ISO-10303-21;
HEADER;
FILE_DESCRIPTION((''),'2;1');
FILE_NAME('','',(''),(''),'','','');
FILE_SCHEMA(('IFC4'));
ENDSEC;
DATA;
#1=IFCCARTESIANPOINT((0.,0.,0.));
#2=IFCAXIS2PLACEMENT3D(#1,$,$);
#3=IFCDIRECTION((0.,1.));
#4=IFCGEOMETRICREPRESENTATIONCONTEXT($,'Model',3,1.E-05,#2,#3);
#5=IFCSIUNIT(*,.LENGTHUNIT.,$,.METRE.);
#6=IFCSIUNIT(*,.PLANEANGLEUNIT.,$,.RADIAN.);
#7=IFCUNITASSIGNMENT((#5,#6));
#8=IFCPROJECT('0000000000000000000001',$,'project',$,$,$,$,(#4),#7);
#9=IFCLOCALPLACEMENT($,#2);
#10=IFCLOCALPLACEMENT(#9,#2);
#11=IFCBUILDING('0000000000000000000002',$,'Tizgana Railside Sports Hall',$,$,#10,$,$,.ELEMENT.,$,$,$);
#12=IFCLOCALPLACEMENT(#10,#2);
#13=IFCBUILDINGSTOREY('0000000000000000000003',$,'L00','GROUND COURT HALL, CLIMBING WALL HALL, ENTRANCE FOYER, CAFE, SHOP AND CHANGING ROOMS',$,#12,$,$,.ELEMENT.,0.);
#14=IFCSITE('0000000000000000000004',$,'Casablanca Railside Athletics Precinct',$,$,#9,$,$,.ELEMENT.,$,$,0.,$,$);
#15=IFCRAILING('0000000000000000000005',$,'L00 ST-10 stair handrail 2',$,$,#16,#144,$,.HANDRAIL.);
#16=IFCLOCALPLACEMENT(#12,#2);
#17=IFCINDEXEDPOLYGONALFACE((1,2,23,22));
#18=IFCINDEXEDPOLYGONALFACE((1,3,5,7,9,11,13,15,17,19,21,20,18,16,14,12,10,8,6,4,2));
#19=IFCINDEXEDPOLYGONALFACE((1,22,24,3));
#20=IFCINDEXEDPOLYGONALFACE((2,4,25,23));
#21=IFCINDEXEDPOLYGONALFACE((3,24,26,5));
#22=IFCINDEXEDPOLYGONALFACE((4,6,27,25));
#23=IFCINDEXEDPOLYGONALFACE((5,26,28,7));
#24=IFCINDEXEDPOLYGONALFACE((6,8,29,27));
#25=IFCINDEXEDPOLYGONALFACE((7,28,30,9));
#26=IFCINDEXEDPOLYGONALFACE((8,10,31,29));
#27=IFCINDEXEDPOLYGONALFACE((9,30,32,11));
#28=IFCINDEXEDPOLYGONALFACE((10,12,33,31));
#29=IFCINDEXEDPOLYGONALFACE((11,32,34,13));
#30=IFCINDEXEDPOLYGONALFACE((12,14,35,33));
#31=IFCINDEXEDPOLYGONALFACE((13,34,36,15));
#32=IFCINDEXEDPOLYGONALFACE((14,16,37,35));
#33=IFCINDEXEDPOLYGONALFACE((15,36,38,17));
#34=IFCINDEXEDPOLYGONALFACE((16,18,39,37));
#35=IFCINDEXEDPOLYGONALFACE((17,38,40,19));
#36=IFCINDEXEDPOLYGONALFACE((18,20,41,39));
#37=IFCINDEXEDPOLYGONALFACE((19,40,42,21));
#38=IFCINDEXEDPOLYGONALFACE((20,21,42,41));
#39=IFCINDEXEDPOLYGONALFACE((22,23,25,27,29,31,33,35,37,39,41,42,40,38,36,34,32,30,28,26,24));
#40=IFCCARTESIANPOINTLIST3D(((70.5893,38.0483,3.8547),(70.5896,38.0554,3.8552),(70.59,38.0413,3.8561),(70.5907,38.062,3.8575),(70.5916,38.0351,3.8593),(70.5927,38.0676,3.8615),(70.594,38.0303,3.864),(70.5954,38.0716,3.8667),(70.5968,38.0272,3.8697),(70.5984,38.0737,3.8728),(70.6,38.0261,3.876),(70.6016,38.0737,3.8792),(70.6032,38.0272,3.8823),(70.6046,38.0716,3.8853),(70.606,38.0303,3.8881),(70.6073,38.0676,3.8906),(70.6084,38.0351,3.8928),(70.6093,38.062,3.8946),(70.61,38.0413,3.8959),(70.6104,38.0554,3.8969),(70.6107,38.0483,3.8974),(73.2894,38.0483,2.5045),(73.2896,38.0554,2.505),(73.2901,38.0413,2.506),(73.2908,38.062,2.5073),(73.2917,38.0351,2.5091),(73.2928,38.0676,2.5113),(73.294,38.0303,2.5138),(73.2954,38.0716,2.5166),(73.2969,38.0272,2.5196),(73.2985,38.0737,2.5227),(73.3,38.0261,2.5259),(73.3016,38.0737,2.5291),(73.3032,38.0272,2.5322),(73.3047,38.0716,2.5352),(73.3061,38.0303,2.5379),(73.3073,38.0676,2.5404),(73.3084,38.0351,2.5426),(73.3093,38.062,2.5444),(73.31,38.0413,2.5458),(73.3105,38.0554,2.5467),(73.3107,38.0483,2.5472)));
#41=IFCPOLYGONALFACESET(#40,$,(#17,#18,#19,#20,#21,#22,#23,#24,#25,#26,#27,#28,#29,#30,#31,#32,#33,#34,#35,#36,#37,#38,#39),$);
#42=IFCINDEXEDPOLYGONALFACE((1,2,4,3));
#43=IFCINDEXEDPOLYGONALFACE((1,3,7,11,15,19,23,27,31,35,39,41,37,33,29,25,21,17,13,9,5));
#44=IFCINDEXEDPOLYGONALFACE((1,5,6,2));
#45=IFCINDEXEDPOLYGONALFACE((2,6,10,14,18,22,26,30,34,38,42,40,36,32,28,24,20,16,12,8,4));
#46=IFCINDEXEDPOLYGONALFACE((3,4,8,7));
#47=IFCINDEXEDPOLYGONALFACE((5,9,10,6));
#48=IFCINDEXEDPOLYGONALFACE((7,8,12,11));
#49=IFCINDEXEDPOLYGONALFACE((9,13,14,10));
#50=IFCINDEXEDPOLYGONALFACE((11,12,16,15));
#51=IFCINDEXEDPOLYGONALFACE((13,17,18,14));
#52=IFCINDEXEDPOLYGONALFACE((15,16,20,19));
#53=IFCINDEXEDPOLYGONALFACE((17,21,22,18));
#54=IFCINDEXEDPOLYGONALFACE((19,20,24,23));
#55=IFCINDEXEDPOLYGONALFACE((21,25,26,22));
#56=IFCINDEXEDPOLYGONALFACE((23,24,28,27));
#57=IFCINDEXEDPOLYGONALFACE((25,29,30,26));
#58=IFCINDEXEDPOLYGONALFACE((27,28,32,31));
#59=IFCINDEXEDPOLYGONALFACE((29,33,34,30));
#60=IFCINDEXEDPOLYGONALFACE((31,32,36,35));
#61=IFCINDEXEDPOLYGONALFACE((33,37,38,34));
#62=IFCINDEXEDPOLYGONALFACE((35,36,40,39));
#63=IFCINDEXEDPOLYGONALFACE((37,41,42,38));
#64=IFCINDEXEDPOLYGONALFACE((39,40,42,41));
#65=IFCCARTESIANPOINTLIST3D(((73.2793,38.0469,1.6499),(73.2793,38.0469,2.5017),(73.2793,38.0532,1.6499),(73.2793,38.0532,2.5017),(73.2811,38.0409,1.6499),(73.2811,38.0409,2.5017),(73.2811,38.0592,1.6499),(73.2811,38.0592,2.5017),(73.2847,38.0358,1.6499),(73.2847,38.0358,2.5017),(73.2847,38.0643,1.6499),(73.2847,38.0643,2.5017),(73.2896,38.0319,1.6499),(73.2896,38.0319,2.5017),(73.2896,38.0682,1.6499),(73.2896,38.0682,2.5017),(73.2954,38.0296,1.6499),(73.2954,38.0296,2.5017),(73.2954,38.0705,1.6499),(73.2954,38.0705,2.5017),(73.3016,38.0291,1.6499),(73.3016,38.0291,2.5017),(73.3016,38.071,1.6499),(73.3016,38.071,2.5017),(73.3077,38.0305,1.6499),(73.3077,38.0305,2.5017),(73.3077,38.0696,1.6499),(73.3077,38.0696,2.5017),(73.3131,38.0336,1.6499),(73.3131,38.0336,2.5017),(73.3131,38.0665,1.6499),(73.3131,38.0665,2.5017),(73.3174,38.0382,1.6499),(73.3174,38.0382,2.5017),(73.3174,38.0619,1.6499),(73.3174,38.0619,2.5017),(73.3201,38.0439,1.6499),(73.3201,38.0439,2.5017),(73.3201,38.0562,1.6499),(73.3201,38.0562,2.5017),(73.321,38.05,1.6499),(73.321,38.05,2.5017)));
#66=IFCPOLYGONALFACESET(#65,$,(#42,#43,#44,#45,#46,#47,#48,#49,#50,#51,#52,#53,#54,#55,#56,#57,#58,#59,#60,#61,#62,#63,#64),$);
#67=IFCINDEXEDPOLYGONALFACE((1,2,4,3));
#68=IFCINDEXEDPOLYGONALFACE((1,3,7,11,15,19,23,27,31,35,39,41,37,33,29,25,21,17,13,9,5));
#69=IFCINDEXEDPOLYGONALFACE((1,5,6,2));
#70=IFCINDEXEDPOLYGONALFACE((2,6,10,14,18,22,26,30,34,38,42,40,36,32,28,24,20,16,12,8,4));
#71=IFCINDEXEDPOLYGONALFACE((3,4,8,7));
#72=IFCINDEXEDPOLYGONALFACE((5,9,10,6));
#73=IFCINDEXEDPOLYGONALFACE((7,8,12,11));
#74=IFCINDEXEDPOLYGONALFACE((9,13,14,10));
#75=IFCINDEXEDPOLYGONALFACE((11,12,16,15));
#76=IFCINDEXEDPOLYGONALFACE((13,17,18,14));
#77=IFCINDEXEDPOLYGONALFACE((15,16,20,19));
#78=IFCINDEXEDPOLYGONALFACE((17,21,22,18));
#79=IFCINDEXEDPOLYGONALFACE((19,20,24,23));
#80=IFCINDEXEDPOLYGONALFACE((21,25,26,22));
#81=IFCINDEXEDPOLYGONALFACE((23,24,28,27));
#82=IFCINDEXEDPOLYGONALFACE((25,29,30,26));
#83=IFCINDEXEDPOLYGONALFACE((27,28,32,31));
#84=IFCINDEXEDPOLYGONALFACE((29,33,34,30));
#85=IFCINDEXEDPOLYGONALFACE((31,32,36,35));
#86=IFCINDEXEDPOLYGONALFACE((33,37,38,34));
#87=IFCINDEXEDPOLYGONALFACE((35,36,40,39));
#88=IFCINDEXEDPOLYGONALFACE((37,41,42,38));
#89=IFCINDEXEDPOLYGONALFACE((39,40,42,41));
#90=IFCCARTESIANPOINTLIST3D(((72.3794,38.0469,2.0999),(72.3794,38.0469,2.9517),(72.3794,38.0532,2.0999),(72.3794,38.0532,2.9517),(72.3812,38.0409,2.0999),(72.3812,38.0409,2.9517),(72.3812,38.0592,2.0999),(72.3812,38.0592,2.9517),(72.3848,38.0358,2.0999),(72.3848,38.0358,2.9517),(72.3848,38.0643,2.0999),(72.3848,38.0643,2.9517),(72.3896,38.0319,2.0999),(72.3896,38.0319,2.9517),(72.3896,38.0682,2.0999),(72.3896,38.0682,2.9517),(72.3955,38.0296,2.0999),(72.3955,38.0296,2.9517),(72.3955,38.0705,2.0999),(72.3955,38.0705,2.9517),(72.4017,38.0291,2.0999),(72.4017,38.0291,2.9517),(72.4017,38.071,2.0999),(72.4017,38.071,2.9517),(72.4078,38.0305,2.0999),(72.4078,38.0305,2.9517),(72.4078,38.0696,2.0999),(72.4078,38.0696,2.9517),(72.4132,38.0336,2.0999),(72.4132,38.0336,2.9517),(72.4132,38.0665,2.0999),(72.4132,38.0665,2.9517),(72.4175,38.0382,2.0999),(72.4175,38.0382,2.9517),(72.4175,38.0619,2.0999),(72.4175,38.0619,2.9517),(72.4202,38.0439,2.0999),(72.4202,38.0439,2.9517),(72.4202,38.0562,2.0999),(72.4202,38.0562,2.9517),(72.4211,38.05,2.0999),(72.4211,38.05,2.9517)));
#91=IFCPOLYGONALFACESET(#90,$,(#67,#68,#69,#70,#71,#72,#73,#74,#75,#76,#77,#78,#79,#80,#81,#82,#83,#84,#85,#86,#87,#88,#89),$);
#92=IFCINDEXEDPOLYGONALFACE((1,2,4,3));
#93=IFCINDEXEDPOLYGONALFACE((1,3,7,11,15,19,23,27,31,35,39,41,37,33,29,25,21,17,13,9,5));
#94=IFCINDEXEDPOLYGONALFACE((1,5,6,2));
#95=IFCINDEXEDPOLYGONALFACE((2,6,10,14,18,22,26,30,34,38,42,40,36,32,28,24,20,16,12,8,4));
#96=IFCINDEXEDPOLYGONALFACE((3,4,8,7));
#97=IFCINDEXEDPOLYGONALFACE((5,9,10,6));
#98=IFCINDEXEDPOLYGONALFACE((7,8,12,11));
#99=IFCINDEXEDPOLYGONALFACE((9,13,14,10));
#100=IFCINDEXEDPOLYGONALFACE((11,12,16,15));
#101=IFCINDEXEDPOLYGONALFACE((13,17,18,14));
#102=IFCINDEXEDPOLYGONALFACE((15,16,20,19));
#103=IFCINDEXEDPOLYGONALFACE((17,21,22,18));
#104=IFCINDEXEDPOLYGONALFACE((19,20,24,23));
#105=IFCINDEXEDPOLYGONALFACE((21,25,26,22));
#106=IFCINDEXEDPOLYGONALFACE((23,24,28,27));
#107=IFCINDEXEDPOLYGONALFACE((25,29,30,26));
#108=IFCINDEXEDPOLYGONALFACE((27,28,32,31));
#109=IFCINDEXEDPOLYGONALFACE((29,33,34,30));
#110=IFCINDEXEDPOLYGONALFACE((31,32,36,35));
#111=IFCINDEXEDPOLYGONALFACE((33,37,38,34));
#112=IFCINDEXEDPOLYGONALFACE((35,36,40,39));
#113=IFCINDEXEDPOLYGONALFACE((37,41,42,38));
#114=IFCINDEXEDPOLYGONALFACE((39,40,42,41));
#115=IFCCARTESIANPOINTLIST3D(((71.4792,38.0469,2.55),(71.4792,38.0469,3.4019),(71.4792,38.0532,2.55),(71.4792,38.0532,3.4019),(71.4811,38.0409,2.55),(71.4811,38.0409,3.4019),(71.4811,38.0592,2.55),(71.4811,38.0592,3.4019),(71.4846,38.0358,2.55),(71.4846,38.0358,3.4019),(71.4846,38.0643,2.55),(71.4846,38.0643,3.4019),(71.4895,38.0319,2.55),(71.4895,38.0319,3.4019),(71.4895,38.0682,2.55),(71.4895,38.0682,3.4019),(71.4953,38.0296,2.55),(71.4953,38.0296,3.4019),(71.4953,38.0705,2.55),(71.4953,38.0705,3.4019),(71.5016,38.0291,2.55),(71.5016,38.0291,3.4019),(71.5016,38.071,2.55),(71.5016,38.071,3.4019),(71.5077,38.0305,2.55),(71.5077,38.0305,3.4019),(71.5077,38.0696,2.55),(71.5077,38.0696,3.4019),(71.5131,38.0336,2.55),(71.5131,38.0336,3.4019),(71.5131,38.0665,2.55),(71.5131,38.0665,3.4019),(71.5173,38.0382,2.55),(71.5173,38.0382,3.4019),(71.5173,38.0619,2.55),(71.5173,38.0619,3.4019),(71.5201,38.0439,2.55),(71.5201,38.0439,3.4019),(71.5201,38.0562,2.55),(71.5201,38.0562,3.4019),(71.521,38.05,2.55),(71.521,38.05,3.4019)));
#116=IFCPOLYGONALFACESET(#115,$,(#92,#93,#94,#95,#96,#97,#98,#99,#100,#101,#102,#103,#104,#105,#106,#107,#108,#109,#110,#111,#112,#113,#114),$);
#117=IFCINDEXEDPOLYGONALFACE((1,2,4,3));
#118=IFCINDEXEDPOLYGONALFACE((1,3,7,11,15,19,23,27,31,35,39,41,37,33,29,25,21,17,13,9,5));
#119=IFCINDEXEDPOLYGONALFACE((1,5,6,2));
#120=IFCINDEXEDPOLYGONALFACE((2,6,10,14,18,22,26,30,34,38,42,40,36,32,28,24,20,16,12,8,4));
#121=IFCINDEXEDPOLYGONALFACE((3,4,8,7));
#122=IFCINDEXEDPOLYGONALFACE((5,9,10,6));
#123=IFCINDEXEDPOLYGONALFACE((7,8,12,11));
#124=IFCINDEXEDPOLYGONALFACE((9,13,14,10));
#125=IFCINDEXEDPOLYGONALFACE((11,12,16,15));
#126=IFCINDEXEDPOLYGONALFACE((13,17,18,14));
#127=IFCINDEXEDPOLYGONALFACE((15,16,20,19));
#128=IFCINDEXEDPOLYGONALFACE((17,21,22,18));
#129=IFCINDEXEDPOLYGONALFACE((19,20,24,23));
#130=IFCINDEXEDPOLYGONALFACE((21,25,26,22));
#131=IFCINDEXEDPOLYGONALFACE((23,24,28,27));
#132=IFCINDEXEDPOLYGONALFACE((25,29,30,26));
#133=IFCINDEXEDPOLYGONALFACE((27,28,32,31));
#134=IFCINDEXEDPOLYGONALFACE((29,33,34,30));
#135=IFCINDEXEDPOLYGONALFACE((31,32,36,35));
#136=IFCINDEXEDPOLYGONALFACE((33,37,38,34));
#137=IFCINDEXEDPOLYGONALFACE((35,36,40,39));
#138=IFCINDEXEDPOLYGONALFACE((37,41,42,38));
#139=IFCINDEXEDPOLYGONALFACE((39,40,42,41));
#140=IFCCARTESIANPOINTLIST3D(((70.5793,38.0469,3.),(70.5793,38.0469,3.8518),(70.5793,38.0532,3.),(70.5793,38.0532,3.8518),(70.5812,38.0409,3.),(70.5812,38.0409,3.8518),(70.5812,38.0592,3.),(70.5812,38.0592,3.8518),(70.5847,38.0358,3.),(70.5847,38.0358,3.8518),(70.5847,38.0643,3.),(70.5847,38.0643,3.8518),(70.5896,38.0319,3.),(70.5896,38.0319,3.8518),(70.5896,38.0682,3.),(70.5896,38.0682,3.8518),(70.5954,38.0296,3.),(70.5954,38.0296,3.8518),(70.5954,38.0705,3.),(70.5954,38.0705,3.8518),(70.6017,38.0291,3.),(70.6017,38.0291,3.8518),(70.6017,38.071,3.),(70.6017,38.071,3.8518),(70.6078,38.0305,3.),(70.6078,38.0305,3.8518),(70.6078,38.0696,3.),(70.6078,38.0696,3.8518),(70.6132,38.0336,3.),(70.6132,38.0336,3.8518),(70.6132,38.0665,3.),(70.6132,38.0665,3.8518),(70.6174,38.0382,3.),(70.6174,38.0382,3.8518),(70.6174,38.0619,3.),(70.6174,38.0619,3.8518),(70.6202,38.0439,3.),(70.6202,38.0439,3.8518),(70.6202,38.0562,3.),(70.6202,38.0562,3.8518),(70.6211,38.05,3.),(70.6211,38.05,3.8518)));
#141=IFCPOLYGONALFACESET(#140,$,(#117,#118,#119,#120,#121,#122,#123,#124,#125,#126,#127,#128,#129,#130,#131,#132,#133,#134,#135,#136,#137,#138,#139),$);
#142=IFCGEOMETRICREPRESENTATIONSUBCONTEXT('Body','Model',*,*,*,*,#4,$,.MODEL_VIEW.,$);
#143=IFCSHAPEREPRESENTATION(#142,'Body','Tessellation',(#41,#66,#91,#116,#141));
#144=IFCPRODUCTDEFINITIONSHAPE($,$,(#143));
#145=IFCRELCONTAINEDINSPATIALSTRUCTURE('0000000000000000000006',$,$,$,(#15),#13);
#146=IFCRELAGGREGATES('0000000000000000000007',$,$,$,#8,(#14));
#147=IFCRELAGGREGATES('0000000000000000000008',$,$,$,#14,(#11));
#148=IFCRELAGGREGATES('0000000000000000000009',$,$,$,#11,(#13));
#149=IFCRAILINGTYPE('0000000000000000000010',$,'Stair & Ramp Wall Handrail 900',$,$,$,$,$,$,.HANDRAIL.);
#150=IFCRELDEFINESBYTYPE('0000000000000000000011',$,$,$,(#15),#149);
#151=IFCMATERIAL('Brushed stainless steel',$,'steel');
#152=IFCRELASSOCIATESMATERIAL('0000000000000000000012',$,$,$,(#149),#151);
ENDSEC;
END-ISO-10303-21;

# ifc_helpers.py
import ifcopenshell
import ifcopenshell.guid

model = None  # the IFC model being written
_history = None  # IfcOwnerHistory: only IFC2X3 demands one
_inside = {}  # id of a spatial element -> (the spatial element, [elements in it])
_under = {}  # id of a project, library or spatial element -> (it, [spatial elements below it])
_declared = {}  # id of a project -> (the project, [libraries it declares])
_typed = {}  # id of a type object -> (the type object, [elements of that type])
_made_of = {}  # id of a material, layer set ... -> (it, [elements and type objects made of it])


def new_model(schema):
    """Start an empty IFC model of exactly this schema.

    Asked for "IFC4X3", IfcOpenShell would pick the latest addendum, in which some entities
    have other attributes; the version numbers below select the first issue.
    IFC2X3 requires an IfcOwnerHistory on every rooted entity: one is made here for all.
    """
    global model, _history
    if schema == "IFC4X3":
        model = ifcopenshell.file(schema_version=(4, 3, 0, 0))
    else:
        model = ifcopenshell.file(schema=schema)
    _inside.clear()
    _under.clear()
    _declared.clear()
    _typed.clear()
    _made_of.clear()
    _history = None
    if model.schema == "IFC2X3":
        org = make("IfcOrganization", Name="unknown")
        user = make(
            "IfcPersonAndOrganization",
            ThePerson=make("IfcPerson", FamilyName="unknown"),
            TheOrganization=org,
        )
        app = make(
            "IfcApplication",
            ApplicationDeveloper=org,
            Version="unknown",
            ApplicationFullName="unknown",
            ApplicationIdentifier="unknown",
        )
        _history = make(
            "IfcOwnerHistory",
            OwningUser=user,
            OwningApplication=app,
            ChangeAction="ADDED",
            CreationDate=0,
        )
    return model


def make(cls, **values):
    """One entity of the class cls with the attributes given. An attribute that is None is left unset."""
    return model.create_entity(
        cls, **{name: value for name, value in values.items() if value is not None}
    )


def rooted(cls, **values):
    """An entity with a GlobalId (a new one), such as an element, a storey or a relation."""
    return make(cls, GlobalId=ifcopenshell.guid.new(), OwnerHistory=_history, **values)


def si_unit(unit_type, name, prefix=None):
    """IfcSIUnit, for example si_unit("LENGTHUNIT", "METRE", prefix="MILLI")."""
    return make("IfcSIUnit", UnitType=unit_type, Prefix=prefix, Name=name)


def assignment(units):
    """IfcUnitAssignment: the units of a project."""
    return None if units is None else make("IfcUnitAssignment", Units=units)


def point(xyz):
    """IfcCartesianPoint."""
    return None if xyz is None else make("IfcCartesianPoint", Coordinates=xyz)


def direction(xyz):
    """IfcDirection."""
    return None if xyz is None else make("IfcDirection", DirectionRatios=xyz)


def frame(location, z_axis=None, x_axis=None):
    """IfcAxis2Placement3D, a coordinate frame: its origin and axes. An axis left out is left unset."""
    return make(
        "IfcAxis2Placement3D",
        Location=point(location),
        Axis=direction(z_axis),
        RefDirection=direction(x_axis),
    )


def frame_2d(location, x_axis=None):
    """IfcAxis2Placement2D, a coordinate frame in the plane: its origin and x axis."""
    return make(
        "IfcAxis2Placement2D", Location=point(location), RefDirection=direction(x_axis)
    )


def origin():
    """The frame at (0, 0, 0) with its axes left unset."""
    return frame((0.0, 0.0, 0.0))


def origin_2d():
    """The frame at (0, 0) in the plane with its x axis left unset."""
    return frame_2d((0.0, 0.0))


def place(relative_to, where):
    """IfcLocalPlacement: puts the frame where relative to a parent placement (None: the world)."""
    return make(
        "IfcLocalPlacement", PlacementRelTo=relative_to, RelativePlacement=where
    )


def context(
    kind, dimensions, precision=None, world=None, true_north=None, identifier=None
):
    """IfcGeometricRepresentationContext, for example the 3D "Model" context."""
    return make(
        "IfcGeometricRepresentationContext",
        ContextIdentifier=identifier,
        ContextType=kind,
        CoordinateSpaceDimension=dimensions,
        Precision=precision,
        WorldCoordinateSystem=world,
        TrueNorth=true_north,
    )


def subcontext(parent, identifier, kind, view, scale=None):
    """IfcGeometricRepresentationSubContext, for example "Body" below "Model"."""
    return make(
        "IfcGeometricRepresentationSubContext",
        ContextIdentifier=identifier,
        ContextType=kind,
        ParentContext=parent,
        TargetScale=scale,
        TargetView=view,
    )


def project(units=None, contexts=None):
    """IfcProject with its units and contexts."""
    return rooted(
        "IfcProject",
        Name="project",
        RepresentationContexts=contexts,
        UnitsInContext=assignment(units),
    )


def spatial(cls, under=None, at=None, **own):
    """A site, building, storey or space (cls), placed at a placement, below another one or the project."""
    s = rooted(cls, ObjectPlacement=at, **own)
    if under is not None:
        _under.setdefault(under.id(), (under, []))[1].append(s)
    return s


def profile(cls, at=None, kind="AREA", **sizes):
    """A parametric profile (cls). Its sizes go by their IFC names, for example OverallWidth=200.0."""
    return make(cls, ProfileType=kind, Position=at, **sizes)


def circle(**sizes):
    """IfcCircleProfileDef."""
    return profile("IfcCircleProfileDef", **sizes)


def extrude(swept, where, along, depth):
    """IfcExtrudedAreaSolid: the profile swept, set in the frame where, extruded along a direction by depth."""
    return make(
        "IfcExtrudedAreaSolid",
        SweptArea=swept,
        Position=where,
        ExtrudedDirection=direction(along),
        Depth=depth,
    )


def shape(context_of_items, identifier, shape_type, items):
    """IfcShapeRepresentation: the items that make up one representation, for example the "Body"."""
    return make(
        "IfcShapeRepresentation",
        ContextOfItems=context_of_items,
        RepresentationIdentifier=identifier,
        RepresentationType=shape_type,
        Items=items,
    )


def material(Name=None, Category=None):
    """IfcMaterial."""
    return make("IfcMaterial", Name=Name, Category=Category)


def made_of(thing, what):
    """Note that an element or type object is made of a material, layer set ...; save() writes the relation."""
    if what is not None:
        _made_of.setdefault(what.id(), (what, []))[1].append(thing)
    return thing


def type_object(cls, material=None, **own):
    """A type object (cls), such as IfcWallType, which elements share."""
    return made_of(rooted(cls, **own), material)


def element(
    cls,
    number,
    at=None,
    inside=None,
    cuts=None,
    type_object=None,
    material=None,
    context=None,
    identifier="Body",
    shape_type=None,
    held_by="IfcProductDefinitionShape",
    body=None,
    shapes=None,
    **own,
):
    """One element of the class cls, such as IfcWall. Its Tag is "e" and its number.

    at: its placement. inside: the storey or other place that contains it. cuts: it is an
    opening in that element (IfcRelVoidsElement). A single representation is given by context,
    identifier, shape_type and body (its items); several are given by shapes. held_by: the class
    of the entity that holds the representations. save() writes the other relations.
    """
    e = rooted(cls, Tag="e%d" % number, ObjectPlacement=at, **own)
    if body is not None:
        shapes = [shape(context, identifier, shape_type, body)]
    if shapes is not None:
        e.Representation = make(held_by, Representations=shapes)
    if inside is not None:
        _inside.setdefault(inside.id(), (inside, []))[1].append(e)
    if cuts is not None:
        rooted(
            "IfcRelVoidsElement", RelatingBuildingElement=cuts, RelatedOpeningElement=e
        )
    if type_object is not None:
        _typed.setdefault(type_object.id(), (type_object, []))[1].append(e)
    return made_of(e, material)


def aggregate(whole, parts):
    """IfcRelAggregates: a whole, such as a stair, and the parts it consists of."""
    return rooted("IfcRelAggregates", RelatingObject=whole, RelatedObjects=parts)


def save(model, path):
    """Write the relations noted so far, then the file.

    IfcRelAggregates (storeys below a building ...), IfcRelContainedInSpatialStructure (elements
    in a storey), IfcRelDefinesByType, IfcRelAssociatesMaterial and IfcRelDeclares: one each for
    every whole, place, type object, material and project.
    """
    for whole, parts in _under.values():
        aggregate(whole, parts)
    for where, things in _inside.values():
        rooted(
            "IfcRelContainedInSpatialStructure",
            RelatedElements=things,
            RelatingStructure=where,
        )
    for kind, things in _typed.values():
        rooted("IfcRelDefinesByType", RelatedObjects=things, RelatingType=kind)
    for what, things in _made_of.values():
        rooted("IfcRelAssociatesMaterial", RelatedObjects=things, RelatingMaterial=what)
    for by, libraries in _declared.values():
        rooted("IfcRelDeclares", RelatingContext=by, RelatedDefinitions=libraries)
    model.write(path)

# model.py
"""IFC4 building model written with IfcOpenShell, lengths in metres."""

from ifc_helpers import new_model, si_unit, direction, frame, origin, origin_2d, place, context, subcontext, project, spatial, circle, extrude, material, type_object, element, save


model = new_model("IFC4")

# Units and contexts
model_context = context("Model", 3, precision=1e-05, world=origin(), true_north=direction((0.0, 1.0)))
body_context = subcontext(model_context, "Body", "Model", "MODEL_VIEW")
ifc_project = project(units=[si_unit("LENGTHUNIT", "METRE"), si_unit("PLANEANGLEUNIT", "RADIAN")], contexts=[model_context])

# Site, building, storey
site_placement = place(None, origin())
site = spatial("IfcSite", under=ifc_project, at=site_placement, Name="Casablanca Railside Athletics Precinct", CompositionType="ELEMENT", RefElevation=0.0)
building_placement = place(site_placement, origin())
building = spatial("IfcBuilding", under=site, at=building_placement, Name="Tizgana Railside Sports Hall", CompositionType="ELEMENT")
storey_placement = place(building_placement, origin())
storey = spatial("IfcBuildingStorey", under=building, at=storey_placement, Name="L00", Description="GROUND COURT HALL, CLIMBING WALL HALL, ENTRANCE FOYER, CAFE, SHOP AND CHANGING ROOMS", CompositionType="ELEMENT", Elevation=0.0)

# Railing
ifc_material_1 = material(Name="Brushed stainless steel", Category="steel")
railing_type_1 = type_object("IfcRailingType", Name="Stair & Ramp Wall Handrail 900", PredefinedType="HANDRAIL", material=ifc_material_1)
railing_1_placement = place(storey_placement, frame((73.3, 38.05, 1.6499)))
element("IfcRailing", 1, at=railing_1_placement, inside=storey, type_object=railing_type_1, Name="L00 ST-10 stair handrail 2", PredefinedType="HANDRAIL", context=body_context, shape_type="SweptSolid", body=[
    extrude(circle(Radius=0.0239, at=origin_2d()), frame((0.0, 0.0, 0.876), z_axis=(-0.894411, 0.0, 0.447246), x_axis=(0.0, -1.0, 0.0)), (0.0, 0.0, 1.0), 3.0188),
    extrude(circle(Radius=0.021, at=origin_2d()), origin(), (0.0, 0.0, 1.0), 0.8518),
    extrude(circle(Radius=0.021, at=origin_2d()), frame((-0.8999, 0.0, 0.45)), (0.0, 0.0, 1.0), 0.8518),
    extrude(circle(Radius=0.021, at=origin_2d()), frame((-1.8, 0.0, 0.9001)), (0.0, 0.0, 1.0), 0.8518),
    extrude(circle(Radius=0.021, at=origin_2d()), frame((-2.7, 0.0, 1.3501)), (0.0, 0.0, 1.0), 0.8518),
])

save(model, "model.ifc")
